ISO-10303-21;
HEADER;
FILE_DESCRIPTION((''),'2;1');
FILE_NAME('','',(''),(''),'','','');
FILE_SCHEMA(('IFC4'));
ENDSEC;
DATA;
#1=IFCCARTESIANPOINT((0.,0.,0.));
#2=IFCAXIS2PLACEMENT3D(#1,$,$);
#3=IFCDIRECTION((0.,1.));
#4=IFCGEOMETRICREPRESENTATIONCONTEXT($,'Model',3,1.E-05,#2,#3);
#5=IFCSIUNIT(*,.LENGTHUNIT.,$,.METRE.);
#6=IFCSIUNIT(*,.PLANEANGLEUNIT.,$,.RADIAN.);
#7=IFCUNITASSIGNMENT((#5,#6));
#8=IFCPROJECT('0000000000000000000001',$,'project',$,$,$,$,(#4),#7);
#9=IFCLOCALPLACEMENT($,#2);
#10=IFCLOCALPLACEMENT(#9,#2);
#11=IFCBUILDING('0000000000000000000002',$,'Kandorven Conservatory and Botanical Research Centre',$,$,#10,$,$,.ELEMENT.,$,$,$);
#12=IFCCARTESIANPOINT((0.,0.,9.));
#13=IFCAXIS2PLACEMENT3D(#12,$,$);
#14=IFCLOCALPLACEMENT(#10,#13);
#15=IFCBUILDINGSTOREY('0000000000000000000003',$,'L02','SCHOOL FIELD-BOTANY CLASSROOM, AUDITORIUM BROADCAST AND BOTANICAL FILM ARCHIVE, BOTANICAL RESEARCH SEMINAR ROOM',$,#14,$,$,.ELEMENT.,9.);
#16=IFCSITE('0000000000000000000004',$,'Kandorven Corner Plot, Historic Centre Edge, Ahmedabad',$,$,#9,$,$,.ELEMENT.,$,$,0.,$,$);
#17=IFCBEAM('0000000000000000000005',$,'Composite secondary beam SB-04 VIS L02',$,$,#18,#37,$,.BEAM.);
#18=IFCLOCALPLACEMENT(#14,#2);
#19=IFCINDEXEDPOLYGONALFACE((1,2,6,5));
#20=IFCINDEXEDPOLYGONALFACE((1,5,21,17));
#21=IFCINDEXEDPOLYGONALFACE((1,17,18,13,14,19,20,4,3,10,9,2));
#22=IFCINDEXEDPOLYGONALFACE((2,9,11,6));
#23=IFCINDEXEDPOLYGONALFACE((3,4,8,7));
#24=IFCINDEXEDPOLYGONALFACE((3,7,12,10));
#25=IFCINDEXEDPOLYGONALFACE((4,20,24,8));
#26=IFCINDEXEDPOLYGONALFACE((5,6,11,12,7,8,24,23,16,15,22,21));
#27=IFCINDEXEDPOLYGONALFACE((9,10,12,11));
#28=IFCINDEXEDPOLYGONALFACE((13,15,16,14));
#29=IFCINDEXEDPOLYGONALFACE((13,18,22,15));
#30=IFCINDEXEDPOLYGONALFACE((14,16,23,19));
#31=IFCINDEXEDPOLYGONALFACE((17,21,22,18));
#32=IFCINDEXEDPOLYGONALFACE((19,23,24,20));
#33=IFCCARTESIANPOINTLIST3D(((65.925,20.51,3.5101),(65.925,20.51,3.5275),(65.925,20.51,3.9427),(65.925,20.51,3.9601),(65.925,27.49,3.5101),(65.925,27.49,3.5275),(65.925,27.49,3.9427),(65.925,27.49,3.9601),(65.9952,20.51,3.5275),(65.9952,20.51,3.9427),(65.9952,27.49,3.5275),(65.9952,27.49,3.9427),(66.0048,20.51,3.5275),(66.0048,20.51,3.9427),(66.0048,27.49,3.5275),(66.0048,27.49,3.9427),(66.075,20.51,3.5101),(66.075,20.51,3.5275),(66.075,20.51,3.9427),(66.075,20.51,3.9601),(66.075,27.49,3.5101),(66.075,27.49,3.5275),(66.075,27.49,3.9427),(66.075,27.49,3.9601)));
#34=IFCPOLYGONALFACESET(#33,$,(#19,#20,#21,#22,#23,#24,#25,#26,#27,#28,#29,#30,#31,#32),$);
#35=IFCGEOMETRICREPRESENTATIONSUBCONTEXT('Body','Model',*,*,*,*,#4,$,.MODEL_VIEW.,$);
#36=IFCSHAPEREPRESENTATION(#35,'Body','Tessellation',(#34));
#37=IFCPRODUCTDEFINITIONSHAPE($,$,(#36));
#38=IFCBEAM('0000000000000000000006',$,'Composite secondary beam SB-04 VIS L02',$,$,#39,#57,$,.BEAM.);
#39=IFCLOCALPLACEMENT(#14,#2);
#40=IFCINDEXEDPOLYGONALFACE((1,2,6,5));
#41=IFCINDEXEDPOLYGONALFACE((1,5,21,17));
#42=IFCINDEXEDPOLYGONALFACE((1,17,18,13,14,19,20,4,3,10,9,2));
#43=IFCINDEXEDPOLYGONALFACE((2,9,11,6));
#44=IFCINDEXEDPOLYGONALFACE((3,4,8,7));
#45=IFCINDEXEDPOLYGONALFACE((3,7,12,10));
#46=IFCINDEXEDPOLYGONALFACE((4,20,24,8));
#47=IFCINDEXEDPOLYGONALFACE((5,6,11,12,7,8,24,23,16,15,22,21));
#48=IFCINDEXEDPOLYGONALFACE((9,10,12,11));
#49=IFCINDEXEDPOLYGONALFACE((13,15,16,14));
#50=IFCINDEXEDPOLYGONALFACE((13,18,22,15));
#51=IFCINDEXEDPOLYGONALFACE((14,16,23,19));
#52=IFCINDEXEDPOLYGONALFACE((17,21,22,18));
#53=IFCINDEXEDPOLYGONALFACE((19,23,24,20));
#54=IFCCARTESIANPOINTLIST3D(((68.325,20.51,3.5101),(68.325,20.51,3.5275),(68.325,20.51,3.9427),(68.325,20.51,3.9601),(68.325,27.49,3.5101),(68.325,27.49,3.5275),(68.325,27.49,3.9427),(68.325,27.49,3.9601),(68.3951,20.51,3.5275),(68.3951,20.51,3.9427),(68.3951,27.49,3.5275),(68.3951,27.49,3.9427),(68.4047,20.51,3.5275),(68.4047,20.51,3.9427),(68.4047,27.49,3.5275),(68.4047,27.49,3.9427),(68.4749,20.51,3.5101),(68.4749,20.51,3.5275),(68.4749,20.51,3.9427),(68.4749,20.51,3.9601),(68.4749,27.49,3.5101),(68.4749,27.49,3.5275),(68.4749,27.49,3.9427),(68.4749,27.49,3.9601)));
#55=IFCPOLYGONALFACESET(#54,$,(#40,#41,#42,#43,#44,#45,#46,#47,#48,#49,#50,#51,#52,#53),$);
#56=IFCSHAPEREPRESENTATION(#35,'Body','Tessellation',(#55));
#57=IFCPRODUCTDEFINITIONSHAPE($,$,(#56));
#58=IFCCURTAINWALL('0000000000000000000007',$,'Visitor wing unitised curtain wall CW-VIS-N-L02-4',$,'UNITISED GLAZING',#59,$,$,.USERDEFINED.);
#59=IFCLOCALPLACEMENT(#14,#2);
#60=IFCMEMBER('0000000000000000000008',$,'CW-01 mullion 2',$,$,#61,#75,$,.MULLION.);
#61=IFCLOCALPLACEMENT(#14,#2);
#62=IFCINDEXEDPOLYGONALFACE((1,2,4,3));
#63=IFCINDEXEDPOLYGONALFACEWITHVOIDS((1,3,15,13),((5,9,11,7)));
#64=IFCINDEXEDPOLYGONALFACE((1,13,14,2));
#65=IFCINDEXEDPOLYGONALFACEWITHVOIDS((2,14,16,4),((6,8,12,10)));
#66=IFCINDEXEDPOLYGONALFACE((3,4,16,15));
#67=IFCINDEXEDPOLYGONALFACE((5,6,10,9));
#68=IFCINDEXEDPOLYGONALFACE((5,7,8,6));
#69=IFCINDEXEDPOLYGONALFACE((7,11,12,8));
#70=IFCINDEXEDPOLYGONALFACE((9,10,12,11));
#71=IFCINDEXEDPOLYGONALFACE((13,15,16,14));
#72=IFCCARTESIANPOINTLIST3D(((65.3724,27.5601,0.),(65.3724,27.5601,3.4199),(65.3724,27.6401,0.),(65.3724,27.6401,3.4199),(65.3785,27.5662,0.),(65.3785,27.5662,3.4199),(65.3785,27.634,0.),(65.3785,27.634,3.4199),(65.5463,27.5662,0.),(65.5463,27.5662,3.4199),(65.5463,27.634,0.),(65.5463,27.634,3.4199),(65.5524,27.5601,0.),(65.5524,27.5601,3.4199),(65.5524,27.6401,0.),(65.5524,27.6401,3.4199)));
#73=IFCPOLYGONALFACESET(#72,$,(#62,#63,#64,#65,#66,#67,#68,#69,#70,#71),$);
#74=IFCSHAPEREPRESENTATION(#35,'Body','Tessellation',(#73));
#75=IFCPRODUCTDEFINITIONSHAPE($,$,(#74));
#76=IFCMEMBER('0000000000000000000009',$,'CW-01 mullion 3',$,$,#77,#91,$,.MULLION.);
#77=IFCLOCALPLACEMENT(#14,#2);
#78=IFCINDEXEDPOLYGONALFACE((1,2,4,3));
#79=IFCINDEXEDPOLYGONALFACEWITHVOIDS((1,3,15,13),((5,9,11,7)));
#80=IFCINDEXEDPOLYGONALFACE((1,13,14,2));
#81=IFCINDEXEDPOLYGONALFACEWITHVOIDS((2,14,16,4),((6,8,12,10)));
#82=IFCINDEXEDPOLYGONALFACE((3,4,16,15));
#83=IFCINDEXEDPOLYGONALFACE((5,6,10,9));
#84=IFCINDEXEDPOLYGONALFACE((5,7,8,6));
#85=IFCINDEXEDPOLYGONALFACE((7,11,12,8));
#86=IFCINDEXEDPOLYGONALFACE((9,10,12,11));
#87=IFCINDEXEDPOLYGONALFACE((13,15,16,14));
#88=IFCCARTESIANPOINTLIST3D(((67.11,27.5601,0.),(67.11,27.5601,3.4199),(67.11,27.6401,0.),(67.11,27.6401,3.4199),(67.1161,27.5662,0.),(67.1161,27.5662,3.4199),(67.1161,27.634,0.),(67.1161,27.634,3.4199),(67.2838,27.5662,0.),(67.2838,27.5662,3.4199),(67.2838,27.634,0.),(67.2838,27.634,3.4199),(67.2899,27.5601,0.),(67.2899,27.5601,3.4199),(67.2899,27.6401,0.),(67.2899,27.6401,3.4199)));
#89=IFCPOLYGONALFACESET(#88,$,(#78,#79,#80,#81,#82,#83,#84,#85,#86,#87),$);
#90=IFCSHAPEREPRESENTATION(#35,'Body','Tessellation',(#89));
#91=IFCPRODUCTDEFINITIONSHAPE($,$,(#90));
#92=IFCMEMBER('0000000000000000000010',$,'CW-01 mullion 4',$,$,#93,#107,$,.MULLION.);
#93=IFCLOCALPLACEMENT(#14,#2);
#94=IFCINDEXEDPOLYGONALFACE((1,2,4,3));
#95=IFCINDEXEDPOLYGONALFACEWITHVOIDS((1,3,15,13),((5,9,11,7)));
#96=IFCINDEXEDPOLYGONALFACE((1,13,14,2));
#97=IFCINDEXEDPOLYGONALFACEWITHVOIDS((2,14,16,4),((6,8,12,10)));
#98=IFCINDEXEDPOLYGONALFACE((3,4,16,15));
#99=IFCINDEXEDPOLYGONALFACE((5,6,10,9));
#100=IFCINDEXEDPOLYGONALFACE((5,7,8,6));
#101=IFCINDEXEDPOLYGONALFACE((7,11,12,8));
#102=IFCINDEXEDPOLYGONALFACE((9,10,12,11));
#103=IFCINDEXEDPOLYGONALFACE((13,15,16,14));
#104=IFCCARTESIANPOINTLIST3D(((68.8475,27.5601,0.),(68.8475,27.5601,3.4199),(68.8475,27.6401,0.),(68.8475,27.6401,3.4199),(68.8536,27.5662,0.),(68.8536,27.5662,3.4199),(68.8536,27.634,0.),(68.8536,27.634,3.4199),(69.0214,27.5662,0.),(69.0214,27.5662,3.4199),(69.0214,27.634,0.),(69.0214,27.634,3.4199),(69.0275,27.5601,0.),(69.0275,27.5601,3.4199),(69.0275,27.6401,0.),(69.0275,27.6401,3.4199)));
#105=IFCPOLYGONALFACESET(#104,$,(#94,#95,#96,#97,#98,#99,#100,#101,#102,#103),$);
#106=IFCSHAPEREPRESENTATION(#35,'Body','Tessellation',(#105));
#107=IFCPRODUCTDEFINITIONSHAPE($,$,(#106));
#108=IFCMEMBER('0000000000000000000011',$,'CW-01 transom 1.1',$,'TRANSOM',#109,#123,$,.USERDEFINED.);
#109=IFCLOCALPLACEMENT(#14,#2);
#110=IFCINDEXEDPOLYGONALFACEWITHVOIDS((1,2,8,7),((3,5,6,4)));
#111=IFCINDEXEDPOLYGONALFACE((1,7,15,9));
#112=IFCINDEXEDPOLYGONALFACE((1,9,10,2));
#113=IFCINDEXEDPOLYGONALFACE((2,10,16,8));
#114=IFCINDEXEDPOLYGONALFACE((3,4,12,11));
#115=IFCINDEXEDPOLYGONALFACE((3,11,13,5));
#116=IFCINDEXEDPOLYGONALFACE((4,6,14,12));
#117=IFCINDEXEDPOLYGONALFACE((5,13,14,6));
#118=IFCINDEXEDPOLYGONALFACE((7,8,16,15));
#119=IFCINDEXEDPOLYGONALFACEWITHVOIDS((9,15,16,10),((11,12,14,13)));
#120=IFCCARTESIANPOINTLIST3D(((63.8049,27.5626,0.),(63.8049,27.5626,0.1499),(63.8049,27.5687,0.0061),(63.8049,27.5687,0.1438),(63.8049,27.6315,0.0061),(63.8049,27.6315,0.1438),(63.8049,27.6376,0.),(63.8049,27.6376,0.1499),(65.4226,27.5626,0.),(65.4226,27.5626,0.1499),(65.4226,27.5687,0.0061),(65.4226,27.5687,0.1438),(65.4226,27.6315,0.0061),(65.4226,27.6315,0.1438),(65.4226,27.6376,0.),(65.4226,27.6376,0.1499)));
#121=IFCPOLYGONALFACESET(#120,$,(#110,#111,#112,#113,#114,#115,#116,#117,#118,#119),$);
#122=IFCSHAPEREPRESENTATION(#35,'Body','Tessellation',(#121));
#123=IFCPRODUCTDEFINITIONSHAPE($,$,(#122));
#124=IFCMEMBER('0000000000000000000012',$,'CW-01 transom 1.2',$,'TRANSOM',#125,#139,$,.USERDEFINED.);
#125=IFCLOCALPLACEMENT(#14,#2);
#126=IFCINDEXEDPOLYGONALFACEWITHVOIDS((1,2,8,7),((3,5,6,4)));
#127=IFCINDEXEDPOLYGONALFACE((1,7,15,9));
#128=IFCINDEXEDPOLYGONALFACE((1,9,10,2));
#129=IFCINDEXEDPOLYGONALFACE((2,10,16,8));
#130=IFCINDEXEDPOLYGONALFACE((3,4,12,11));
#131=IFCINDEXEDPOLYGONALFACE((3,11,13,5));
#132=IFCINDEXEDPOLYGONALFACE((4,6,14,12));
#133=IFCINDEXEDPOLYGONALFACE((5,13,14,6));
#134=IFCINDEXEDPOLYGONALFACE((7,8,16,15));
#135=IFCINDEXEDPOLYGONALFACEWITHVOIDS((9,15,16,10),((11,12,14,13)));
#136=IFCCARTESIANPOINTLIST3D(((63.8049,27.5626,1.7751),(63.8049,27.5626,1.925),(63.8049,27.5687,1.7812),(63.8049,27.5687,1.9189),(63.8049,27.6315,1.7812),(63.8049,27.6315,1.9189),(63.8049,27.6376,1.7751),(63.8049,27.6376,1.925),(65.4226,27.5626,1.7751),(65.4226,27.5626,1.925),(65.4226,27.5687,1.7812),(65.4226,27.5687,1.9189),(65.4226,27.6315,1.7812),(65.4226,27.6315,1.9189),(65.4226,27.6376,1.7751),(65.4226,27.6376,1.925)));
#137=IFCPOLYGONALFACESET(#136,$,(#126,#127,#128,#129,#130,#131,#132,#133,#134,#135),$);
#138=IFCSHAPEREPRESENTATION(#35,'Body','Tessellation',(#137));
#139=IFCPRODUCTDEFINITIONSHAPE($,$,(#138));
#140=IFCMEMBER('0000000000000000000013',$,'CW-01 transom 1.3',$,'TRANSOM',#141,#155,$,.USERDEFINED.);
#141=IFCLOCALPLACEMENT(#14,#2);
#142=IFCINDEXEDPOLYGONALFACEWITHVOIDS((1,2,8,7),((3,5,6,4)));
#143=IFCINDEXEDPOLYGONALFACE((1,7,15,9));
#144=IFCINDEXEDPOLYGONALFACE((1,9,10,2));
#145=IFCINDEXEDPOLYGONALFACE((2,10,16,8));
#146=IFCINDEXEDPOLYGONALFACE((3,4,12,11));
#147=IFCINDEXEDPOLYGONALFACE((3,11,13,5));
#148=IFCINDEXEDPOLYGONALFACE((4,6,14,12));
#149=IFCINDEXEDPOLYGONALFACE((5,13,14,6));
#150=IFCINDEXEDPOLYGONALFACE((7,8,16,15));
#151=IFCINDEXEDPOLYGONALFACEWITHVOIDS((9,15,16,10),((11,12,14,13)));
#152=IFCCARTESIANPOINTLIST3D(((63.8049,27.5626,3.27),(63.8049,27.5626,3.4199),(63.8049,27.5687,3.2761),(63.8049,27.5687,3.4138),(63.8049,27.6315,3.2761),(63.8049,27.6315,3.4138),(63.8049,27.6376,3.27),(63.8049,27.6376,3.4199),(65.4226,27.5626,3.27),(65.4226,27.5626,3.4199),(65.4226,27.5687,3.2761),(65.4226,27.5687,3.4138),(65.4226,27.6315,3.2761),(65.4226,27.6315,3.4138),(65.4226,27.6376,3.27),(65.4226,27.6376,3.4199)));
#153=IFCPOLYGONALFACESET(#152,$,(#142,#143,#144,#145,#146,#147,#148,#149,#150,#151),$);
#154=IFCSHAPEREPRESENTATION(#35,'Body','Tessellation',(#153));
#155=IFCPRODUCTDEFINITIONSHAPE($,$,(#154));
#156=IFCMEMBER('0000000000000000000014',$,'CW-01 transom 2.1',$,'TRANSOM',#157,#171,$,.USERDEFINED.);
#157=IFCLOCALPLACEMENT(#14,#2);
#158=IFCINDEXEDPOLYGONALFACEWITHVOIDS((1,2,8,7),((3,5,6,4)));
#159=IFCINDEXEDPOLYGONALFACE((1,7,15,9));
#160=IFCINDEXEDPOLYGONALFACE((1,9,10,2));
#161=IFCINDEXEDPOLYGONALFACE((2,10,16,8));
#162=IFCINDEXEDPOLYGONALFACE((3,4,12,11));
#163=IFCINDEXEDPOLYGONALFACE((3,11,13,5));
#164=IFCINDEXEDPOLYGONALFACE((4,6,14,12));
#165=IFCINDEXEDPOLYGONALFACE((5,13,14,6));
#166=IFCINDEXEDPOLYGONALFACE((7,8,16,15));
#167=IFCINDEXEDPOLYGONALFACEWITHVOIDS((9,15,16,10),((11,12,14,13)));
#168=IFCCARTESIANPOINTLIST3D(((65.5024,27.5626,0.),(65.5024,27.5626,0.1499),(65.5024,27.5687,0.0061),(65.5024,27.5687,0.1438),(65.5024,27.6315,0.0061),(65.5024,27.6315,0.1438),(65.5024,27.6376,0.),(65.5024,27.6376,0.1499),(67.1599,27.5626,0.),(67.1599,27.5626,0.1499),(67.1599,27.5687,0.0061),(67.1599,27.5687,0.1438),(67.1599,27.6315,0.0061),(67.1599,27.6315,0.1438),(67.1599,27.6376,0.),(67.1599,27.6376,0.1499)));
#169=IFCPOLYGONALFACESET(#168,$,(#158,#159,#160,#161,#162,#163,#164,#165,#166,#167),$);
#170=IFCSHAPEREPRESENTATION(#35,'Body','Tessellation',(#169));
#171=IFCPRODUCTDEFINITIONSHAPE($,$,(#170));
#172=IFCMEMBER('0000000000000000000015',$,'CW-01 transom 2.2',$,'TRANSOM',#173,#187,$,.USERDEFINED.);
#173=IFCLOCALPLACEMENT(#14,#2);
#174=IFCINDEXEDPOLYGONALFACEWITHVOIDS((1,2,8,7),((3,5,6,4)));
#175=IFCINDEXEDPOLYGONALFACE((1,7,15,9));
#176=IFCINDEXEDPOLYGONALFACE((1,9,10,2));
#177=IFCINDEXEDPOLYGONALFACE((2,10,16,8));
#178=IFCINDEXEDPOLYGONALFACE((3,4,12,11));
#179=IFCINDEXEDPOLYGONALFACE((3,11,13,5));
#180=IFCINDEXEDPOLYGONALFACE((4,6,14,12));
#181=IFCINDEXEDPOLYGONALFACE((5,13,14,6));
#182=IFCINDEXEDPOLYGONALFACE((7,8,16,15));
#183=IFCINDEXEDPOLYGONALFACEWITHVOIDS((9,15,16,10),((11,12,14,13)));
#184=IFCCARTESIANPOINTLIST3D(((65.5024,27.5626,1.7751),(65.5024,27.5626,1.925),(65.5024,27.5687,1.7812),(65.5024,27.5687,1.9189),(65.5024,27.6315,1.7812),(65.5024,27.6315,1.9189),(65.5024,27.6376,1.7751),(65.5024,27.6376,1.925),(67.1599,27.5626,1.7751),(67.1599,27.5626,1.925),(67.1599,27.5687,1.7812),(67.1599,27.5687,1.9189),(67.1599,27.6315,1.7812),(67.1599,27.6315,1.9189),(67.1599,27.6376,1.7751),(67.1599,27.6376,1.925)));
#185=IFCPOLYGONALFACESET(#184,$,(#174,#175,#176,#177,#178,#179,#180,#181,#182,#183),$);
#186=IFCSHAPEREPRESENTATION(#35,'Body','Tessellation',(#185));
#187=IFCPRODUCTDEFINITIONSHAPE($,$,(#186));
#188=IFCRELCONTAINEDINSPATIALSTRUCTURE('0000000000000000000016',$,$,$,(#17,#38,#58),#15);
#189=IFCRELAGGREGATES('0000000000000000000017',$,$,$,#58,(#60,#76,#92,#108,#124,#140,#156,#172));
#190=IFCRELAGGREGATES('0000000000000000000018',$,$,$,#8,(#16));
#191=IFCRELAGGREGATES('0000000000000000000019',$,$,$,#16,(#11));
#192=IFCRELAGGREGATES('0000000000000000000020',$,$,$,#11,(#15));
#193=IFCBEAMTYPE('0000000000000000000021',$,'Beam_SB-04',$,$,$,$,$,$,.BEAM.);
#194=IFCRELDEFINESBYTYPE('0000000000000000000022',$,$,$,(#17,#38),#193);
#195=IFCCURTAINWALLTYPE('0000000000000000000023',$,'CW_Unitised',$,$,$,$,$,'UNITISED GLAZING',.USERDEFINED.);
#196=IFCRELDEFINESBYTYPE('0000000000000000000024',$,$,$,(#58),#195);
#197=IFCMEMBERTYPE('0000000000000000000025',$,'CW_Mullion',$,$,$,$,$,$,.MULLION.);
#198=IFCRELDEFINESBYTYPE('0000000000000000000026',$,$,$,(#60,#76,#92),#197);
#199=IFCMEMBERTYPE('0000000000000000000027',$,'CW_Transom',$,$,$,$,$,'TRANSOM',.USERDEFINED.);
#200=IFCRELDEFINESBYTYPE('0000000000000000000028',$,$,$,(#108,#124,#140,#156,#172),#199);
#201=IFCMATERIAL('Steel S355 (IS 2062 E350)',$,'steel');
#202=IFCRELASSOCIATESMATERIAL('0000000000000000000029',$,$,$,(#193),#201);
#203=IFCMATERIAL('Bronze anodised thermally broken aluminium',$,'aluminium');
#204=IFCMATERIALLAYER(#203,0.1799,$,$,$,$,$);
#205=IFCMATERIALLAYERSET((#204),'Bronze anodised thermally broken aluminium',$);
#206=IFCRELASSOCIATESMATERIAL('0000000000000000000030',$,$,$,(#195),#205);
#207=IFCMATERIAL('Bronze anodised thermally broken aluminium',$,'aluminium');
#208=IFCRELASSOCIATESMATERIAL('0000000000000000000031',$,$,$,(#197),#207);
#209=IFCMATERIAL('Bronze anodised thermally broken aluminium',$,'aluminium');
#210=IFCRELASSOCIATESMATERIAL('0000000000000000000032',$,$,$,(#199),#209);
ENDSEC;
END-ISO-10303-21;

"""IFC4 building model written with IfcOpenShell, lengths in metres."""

from ifc_helpers import new_model, si_unit, direction, frame, origin, origin_2d, place, context, subcontext, project, spatial, hollow_rectangle, i_section, extrude, material, layer, layer_set, material_profile, profile_set, type_object, element, aggregate, save


model = new_model("IFC4")

# Units and contexts
model_context = context("Model", 3, precision=1e-05, world=origin(), true_north=direction((0.0, 1.0)))
body_context = subcontext(model_context, "Body", "Model", "MODEL_VIEW")
ifc_project = project(units=[si_unit("LENGTHUNIT", "METRE"), si_unit("PLANEANGLEUNIT", "RADIAN")], contexts=[model_context])

# Site, building, storey
site_placement = place(None, origin())
site = spatial("IfcSite", under=ifc_project, at=site_placement, Name="Kandorven Corner Plot, Historic Centre Edge, Ahmedabad", CompositionType="ELEMENT", RefElevation=0.0)
building_placement = place(site_placement, origin())
building = spatial("IfcBuilding", under=site, at=building_placement, Name="Kandorven Conservatory and Botanical Research Centre", CompositionType="ELEMENT")
storey_placement = place(building_placement, frame((0.0, 0.0, 9.0)))
storey = spatial("IfcBuildingStorey", under=building, at=storey_placement, Name="L02", Description="SCHOOL FIELD-BOTANY CLASSROOM, AUDITORIUM BROADCAST AND BOTANICAL FILM ARCHIVE, BOTANICAL RESEARCH SEMINAR ROOM", CompositionType="ELEMENT", Elevation=9.0)

# Beams
ifc_material_1 = material(Name="Steel S355 (IS 2062 E350)", Category="steel")
ifc_material_profile_1 = material_profile(ifc_material_1, i_section(OverallWidth=0.1499, OverallDepth=0.45, WebThickness=0.0095, FlangeThickness=0.0173, at=origin_2d()))
ifc_profile_set_1 = profile_set([ifc_material_profile_1], Name="Steel S355 (IS 2062 E350)")
beam_type = type_object("IfcBeamType", Name="Beam_SB-04", PredefinedType="BEAM", material=ifc_profile_set_1)
for number, where, z_axis, x_axis, name in (
    (1, (66.0, 20.51, 3.7351), (0.0, 1.0, 0.0), (-1.0, 0.0, 0.0), "Composite secondary beam SB-04 VIS L02"),
    (2, (68.3999, 20.51, 3.7351), (0.0, 1.0, 0.0), (-1.0, 0.0, 0.0), "Composite secondary beam SB-04 VIS L02"),
):
    element("IfcBeam", number, at=place(storey_placement, frame(where, z_axis=z_axis, x_axis=x_axis)), inside=storey, type_object=beam_type, Name=name, PredefinedType="BEAM", context=body_context, shape_type="SweptSolid", body=[
        extrude(i_section(OverallWidth=0.1499, OverallDepth=0.45, WebThickness=0.0095, FlangeThickness=0.0173, at=origin_2d()), origin(), (0.0, 0.0, 1.0), 6.98),
    ])

# Curtain wall, members
ifc_material_2 = material(Name="Bronze anodised thermally broken aluminium", Category="aluminium")
ifc_layer_1 = layer(ifc_material_2, 0.1799)
ifc_layer_set_1 = layer_set([ifc_layer_1], Name="Bronze anodised thermally broken aluminium")
curtain_wall_type = type_object("IfcCurtainWallType", Name="CW_Unitised", ElementType="UNITISED GLAZING", PredefinedType="USERDEFINED", material=ifc_layer_set_1)
curtain_wall_placement = place(storey_placement, origin())
curtain_wall = element("IfcCurtainWall", 3, at=curtain_wall_placement, inside=storey, type_object=curtain_wall_type, Name="Visitor wing unitised curtain wall CW-VIS-N-L02-4", ObjectType="UNITISED GLAZING", PredefinedType="USERDEFINED")
ifc_material_3 = material(Name="Bronze anodised thermally broken aluminium", Category="aluminium")
ifc_material_profile_2 = material_profile(ifc_material_3, hollow_rectangle(XDim=0.0801, YDim=0.1799, WallThickness=0.0061, at=origin_2d()))
ifc_profile_set_2 = profile_set([ifc_material_profile_2], Name="Bronze anodised thermally broken aluminium")
member_type_1 = type_object("IfcMemberType", Name="CW_Mullion", PredefinedType="MULLION", material=ifc_profile_set_2)
member_1_placement = place(storey_placement, frame((65.4624, 27.6001, 0.0), z_axis=(0.0, 0.0, 1.0), x_axis=(0.0, 1.0, 0.0)))
member_1 = element("IfcMember", 4, at=member_1_placement, type_object=member_type_1, Name="CW-01 mullion 2", PredefinedType="MULLION", context=body_context, shape_type="SweptSolid", body=[
    extrude(hollow_rectangle(XDim=0.0801, YDim=0.1799, WallThickness=0.0061, at=origin_2d()), origin(), (0.0, 0.0, 1.0), 3.4199),
])
member_2_placement = place(storey_placement, frame((67.2, 27.6001, 0.0), z_axis=(0.0, 0.0, 1.0), x_axis=(0.0, 1.0, 0.0)))
member_2 = element("IfcMember", 5, at=member_2_placement, type_object=member_type_1, Name="CW-01 mullion 3", PredefinedType="MULLION", context=body_context, shape_type="SweptSolid", body=[
    extrude(hollow_rectangle(XDim=0.0801, YDim=0.1799, WallThickness=0.0061, at=origin_2d()), origin(), (0.0, 0.0, 1.0), 3.4199),
])
member_3_placement = place(storey_placement, frame((68.9375, 27.6001, 0.0), z_axis=(0.0, 0.0, 1.0), x_axis=(0.0, 1.0, 0.0)))
member_3 = element("IfcMember", 6, at=member_3_placement, type_object=member_type_1, Name="CW-01 mullion 4", PredefinedType="MULLION", context=body_context, shape_type="SweptSolid", body=[
    extrude(hollow_rectangle(XDim=0.0801, YDim=0.1799, WallThickness=0.0061, at=origin_2d()), origin(), (0.0, 0.0, 1.0), 3.4199),
])
ifc_material_4 = material(Name="Bronze anodised thermally broken aluminium", Category="aluminium")
ifc_material_profile_3 = material_profile(ifc_material_4, hollow_rectangle(XDim=0.075, YDim=0.1499, WallThickness=0.0061, at=origin_2d()))
ifc_profile_set_3 = profile_set([ifc_material_profile_3], Name="Bronze anodised thermally broken aluminium")
member_type_2 = type_object("IfcMemberType", Name="CW_Transom", ElementType="TRANSOM", PredefinedType="USERDEFINED", material=ifc_profile_set_3)
member_4_placement = place(storey_placement, frame((63.8049, 27.6001, 0.075), z_axis=(1.0, 0.0, 0.0), x_axis=(0.0, 1.0, 0.0)))
member_4 = element("IfcMember", 7, at=member_4_placement, type_object=member_type_2, Name="CW-01 transom 1.1", ObjectType="TRANSOM", PredefinedType="USERDEFINED", context=body_context, shape_type="SweptSolid", body=[
    extrude(hollow_rectangle(XDim=0.075, YDim=0.1499, WallThickness=0.0061, at=origin_2d()), origin(), (0.0, 0.0, 1.0), 1.6177),
])
member_5_placement = place(storey_placement, frame((63.8049, 27.6001, 1.8501), z_axis=(1.0, 0.0, 0.0), x_axis=(0.0, 1.0, 0.0)))
member_5 = element("IfcMember", 8, at=member_5_placement, type_object=member_type_2, Name="CW-01 transom 1.2", ObjectType="TRANSOM", PredefinedType="USERDEFINED", context=body_context, shape_type="SweptSolid", body=[
    extrude(hollow_rectangle(XDim=0.075, YDim=0.1499, WallThickness=0.0061, at=origin_2d()), origin(), (0.0, 0.0, 1.0), 1.6177),
])
member_6_placement = place(storey_placement, frame((63.8049, 27.6001, 3.345), z_axis=(1.0, 0.0, 0.0), x_axis=(0.0, 1.0, 0.0)))
member_6 = element("IfcMember", 9, at=member_6_placement, type_object=member_type_2, Name="CW-01 transom 1.3", ObjectType="TRANSOM", PredefinedType="USERDEFINED", context=body_context, shape_type="SweptSolid", body=[
    extrude(hollow_rectangle(XDim=0.075, YDim=0.1499, WallThickness=0.0061, at=origin_2d()), origin(), (0.0, 0.0, 1.0), 1.6177),
])
member_7_placement = place(storey_placement, frame((65.5024, 27.6001, 0.075), z_axis=(1.0, 0.0, 0.0), x_axis=(0.0, 1.0, 0.0)))
member_7 = element("IfcMember", 10, at=member_7_placement, type_object=member_type_2, Name="CW-01 transom 2.1", ObjectType="TRANSOM", PredefinedType="USERDEFINED", context=body_context, shape_type="SweptSolid", body=[
    extrude(hollow_rectangle(XDim=0.075, YDim=0.1499, WallThickness=0.0061, at=origin_2d()), origin(), (0.0, 0.0, 1.0), 1.6575),
])
member_8_placement = place(storey_placement, frame((65.5024, 27.6001, 1.8501), z_axis=(1.0, 0.0, 0.0), x_axis=(0.0, 1.0, 0.0)))
member_8 = element("IfcMember", 11, at=member_8_placement, type_object=member_type_2, Name="CW-01 transom 2.2", ObjectType="TRANSOM", PredefinedType="USERDEFINED", context=body_context, shape_type="SweptSolid", body=[
    extrude(hollow_rectangle(XDim=0.075, YDim=0.1499, WallThickness=0.0061, at=origin_2d()), origin(), (0.0, 0.0, 1.0), 1.6575),
])
aggregate(curtain_wall, [member_1, member_2, member_3, member_4, member_5, member_6, member_7, member_8])

save(model, "model.ifc")
